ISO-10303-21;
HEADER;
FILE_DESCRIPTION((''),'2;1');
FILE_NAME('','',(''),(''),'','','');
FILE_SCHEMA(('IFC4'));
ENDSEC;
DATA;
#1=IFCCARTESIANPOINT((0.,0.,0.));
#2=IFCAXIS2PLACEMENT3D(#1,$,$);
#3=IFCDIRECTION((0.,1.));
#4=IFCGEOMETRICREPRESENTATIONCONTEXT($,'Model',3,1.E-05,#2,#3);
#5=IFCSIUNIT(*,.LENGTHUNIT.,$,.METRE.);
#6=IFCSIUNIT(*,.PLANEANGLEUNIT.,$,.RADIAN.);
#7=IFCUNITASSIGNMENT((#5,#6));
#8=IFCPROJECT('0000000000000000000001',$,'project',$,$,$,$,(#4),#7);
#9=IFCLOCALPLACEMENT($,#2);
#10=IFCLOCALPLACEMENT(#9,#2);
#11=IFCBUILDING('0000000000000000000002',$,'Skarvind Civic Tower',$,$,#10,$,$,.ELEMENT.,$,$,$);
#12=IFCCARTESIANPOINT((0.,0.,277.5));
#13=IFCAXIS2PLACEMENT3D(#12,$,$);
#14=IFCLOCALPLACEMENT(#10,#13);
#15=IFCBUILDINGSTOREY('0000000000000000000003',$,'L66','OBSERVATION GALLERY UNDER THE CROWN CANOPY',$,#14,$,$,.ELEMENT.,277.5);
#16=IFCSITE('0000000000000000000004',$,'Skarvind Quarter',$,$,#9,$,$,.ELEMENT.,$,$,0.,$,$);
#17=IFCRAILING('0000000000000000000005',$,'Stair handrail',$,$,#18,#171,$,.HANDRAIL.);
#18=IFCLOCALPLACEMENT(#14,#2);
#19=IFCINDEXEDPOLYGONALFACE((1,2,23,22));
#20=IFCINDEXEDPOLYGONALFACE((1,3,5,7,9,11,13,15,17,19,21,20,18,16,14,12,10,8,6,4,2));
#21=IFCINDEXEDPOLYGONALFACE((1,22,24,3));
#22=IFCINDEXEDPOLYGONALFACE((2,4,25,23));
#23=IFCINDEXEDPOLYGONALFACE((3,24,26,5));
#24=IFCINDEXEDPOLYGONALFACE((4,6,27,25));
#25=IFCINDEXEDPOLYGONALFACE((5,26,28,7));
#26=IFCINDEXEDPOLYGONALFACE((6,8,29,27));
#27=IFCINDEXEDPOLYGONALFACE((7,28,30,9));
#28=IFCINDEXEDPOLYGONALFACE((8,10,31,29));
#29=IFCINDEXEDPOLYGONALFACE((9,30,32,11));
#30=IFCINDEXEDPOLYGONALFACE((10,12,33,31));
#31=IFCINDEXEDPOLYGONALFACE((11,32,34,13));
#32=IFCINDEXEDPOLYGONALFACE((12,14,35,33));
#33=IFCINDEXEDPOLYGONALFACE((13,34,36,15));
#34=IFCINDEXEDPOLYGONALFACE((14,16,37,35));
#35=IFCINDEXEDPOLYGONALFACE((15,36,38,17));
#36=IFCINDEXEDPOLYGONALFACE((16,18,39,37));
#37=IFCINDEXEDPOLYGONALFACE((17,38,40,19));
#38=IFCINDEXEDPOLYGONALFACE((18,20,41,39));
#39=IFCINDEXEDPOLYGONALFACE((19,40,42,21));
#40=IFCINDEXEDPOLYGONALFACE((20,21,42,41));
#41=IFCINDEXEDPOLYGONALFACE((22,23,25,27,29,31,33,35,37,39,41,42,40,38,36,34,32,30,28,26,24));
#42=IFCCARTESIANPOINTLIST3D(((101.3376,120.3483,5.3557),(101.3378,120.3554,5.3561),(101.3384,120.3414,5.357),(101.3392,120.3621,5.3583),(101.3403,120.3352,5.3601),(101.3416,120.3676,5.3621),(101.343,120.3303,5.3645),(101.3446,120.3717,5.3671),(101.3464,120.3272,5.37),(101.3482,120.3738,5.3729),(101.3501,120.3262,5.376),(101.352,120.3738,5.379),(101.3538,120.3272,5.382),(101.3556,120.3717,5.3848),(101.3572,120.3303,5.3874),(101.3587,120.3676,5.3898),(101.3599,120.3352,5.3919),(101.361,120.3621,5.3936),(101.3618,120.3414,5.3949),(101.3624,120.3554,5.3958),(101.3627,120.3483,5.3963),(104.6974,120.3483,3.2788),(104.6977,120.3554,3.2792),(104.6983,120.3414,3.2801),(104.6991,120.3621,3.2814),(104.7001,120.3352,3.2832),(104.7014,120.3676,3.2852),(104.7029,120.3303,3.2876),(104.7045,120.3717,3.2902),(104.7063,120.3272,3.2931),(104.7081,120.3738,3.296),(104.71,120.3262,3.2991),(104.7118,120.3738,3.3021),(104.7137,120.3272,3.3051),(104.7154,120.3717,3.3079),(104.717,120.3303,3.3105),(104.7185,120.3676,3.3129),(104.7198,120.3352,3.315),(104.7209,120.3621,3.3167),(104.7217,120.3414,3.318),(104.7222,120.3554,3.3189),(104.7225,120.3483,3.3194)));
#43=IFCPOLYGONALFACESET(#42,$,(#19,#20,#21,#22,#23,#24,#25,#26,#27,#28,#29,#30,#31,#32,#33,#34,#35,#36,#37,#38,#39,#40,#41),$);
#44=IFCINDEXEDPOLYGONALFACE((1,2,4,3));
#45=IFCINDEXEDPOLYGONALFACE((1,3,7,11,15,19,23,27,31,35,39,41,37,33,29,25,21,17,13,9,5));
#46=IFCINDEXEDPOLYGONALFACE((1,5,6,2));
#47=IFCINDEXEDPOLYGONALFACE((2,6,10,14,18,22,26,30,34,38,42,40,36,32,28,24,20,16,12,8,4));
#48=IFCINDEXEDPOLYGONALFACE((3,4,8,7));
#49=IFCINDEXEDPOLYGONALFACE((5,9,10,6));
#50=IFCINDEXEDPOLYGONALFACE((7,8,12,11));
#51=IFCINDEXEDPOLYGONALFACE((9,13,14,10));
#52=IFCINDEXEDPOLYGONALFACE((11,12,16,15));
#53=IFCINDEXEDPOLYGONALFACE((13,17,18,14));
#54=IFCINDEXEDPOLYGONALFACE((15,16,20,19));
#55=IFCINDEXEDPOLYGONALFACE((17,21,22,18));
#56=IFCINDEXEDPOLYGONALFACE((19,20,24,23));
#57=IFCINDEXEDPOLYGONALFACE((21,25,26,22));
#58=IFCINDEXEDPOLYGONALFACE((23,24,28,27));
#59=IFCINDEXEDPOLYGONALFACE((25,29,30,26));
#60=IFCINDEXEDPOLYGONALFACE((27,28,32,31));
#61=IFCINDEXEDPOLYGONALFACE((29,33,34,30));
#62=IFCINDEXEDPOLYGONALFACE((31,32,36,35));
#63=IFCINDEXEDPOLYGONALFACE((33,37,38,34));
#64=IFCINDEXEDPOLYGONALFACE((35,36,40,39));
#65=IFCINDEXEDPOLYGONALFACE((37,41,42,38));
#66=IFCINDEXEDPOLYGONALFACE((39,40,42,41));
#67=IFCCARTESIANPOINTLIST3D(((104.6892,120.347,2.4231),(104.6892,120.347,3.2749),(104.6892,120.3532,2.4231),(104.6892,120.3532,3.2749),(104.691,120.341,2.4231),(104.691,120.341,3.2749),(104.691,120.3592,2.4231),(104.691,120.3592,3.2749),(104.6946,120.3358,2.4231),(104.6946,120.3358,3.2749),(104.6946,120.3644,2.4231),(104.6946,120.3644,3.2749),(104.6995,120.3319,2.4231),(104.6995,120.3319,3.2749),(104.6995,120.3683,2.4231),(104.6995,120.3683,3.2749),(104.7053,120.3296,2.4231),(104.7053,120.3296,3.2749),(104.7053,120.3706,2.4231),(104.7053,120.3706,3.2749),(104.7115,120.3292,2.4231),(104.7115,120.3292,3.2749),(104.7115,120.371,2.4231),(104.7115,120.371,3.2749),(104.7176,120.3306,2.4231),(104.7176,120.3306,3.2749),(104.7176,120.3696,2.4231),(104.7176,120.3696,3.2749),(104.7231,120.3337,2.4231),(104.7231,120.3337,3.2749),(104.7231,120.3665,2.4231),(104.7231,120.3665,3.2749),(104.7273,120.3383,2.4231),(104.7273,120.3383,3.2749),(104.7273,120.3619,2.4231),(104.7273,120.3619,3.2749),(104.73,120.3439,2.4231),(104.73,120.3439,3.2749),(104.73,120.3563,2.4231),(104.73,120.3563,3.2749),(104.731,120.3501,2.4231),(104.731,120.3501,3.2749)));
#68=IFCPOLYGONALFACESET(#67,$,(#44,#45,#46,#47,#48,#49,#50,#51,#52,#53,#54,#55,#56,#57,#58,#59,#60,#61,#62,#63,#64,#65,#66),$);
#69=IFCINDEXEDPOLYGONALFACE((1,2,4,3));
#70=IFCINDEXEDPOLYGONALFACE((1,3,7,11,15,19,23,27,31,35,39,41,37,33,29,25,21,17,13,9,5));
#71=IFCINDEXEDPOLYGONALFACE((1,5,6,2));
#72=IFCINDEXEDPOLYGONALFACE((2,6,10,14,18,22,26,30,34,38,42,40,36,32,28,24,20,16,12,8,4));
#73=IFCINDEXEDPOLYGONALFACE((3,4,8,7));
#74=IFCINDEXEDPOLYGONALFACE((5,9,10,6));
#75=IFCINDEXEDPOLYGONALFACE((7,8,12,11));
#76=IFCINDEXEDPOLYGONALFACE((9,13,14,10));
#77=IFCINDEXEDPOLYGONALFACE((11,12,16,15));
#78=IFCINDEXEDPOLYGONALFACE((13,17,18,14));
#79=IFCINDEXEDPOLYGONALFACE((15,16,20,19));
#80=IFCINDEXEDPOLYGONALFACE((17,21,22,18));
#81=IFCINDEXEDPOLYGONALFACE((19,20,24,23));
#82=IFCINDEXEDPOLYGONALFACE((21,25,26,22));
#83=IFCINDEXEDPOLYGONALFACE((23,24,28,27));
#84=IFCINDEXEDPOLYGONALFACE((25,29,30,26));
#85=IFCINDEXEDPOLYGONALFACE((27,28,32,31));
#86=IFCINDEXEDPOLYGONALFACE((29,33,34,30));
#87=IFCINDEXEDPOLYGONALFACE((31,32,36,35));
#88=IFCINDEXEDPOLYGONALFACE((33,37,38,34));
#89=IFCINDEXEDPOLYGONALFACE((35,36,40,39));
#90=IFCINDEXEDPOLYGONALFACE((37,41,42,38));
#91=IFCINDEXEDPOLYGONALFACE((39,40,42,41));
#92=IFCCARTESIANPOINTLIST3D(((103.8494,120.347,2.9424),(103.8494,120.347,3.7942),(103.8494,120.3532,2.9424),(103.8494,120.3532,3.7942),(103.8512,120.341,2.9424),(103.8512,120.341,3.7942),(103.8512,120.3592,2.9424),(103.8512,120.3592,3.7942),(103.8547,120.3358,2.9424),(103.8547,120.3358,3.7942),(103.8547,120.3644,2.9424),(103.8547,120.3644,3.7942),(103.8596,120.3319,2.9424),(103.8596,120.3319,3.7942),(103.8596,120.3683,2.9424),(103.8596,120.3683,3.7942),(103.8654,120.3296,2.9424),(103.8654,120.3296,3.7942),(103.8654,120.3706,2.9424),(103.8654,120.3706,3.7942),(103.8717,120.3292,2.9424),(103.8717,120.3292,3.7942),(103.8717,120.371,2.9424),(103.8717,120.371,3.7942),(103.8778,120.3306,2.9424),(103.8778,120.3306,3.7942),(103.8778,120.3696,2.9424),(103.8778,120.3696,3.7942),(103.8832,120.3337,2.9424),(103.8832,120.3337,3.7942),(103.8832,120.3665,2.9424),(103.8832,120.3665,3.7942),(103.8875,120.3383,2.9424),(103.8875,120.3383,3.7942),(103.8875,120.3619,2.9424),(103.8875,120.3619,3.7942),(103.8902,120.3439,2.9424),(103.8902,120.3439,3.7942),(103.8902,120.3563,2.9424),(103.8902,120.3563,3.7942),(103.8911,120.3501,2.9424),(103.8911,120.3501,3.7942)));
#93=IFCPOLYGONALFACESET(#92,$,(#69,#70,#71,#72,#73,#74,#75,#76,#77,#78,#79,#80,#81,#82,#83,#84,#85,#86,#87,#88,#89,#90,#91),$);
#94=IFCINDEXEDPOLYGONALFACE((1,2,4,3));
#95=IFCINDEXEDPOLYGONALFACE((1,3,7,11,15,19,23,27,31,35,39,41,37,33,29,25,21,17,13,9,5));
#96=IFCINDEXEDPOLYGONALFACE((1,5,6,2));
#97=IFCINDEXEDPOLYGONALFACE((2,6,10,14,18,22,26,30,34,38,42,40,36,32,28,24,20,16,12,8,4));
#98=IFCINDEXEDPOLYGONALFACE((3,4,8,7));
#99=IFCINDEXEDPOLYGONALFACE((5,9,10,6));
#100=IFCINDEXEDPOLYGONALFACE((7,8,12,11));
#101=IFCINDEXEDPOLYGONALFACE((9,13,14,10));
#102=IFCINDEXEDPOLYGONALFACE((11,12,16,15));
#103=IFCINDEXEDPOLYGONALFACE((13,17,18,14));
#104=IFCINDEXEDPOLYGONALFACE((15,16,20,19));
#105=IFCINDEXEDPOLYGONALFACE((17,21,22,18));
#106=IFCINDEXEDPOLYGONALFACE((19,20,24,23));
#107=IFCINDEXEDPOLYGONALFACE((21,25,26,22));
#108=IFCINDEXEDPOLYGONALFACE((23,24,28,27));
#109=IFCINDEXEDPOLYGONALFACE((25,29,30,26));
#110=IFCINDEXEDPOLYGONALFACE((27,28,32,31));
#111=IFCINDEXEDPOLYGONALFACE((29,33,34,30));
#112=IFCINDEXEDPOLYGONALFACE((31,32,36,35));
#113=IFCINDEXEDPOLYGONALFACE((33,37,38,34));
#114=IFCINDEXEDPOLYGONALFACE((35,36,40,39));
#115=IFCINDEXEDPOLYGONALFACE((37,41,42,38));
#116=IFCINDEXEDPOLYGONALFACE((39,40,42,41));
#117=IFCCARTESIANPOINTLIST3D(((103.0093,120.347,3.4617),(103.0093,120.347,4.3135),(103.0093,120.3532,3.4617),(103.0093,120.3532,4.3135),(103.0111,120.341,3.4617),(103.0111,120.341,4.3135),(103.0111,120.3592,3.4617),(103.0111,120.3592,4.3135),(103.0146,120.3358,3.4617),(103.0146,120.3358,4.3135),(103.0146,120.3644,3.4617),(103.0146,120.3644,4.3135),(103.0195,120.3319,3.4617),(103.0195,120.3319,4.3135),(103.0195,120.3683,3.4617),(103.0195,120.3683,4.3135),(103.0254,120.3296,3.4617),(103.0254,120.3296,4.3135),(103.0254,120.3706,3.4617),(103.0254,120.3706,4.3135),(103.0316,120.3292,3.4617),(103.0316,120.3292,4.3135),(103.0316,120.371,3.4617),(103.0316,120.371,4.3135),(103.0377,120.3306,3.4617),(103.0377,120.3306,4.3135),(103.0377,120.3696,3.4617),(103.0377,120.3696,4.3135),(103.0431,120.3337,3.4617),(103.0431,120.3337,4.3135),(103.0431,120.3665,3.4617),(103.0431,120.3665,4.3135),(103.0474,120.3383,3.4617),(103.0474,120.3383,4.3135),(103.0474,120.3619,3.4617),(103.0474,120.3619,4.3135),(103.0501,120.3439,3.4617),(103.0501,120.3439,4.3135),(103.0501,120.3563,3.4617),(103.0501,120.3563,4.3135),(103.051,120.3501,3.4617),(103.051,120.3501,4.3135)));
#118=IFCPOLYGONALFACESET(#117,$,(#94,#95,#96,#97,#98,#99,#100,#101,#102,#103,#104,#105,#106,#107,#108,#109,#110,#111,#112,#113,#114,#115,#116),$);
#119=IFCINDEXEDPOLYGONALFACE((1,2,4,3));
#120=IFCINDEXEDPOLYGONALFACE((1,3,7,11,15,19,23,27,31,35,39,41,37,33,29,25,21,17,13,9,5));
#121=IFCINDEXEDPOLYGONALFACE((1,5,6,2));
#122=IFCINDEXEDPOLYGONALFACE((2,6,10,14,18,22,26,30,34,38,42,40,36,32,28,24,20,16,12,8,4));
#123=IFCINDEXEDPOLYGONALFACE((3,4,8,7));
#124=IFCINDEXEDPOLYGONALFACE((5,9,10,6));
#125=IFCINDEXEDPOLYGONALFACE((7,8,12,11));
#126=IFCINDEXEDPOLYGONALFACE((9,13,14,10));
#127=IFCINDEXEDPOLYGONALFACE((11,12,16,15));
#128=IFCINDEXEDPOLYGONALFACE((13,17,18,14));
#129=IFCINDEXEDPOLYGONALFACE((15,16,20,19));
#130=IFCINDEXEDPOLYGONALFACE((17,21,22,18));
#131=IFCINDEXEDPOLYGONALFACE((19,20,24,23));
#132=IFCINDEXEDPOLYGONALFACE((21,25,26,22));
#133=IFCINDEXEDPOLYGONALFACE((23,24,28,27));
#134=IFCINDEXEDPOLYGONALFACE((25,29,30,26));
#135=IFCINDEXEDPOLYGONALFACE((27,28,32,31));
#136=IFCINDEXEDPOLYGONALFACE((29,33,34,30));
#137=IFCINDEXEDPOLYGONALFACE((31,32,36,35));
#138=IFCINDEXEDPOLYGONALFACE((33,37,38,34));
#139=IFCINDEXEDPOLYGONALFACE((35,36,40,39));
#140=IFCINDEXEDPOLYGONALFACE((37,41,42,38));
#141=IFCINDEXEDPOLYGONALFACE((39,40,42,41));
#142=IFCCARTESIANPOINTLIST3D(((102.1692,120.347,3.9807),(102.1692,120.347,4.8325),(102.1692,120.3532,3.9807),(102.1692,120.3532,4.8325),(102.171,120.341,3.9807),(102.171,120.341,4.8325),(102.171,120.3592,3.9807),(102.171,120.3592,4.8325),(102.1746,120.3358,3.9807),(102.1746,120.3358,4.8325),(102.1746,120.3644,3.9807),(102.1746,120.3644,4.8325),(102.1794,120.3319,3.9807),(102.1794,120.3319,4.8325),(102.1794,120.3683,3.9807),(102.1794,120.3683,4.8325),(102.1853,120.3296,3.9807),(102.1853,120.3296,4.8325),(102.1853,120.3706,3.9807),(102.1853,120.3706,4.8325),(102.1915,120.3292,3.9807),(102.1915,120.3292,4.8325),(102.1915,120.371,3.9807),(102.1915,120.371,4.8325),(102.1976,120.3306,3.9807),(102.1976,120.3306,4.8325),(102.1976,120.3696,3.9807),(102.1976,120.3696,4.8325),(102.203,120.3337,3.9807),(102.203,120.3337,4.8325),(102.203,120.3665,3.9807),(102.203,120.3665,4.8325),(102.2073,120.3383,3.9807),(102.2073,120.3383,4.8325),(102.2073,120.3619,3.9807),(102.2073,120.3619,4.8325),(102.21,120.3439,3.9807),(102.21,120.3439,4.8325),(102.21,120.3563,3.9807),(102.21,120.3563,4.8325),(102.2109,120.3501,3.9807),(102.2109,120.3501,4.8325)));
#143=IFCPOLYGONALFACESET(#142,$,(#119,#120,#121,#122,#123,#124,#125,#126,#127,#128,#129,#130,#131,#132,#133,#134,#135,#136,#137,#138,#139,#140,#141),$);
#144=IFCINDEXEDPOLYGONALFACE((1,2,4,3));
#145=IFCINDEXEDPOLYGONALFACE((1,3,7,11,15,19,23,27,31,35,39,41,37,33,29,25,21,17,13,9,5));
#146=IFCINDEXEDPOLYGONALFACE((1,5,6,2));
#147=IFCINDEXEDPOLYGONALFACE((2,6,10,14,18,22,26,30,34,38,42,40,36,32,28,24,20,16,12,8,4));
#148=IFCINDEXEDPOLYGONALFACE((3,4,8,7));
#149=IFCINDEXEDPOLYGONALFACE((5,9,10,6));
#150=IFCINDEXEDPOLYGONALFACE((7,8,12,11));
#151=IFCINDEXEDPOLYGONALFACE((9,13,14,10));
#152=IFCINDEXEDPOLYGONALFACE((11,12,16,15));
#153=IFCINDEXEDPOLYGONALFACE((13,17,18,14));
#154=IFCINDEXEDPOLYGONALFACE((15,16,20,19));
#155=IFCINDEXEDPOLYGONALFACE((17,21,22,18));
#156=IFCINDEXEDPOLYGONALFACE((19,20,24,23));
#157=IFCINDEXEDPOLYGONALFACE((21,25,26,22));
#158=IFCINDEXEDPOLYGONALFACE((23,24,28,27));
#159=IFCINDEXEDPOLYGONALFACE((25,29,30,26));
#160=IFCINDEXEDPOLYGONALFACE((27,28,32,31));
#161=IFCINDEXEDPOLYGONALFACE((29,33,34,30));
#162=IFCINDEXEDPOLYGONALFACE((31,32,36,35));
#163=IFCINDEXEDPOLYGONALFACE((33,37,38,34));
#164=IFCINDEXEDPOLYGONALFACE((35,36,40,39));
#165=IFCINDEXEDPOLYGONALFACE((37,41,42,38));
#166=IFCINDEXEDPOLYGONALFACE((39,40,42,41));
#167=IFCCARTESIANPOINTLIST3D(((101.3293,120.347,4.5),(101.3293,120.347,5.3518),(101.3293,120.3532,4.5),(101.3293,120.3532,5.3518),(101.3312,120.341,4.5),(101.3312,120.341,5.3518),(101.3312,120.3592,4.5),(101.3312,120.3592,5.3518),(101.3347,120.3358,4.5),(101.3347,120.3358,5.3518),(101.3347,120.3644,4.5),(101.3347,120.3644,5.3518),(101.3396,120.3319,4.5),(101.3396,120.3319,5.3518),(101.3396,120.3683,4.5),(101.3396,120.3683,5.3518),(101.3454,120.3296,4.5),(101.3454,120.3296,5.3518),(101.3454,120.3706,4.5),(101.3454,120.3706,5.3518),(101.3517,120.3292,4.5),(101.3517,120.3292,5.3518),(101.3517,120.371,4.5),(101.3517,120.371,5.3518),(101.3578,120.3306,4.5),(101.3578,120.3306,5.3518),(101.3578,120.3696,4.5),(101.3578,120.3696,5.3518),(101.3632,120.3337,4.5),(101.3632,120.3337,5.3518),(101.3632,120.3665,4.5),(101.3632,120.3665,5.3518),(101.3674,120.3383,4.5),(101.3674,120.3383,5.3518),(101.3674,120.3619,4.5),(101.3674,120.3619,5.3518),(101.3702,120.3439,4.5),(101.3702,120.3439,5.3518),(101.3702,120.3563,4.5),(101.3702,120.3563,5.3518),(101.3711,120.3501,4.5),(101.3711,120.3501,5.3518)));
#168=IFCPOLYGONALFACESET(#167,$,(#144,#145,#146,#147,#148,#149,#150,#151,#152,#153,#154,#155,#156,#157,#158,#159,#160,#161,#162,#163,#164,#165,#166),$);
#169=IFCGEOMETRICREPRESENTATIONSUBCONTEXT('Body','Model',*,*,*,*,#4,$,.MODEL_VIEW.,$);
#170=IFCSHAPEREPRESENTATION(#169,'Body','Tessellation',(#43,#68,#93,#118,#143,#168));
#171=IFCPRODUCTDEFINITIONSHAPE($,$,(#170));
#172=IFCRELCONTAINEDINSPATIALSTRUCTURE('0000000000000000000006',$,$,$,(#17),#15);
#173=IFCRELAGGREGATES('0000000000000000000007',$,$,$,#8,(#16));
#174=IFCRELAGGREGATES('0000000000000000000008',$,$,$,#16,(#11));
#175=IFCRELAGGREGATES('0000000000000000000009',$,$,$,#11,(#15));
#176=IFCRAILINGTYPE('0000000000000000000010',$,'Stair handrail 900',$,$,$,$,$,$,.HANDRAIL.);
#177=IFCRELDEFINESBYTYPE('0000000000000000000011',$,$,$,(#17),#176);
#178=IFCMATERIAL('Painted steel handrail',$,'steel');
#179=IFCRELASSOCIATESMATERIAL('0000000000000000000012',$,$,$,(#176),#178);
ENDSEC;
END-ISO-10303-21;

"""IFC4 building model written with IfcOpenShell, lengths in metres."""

from ifc_helpers import new_model, si_unit, direction, frame, origin, origin_2d, place, context, subcontext, project, spatial, circle, extrude, material, type_object, element, save


model = new_model("IFC4")

# Units and contexts
model_context = context("Model", 3, precision=1e-05, world=origin(), true_north=direction((0.0, 1.0)))
body_context = subcontext(model_context, "Body", "Model", "MODEL_VIEW")
ifc_project = project(units=[si_unit("LENGTHUNIT", "METRE"), si_unit("PLANEANGLEUNIT", "RADIAN")], contexts=[model_context])

# Site, building, storey
site_placement = place(None, origin())
site = spatial("IfcSite", under=ifc_project, at=site_placement, Name="Skarvind Quarter", CompositionType="ELEMENT", RefElevation=0.0)
building_placement = place(site_placement, origin())
building = spatial("IfcBuilding", under=site, at=building_placement, Name="Skarvind Civic Tower", CompositionType="ELEMENT")
storey_placement = place(building_placement, frame((0.0, 0.0, 277.5)))
storey = spatial("IfcBuildingStorey", under=building, at=storey_placement, Name="L66", Description="OBSERVATION GALLERY UNDER THE CROWN CANOPY", CompositionType="ELEMENT", Elevation=277.5)

# Railing
ifc_material_1 = material(Name="Painted steel handrail", Category="steel")
railing_type = type_object("IfcRailingType", Name="Stair handrail 900", PredefinedType="HANDRAIL", material=ifc_material_1)
railing_placement = place(storey_placement, frame((104.71, 120.3501, 2.4231)))
element("IfcRailing", 1, at=railing_placement, inside=storey, type_object=railing_type, Name="Stair handrail", PredefinedType="HANDRAIL", context=body_context, shape_type="SweptSolid", body=[
    extrude(circle(Radius=0.0239, at=origin_2d()), frame((0.0, 0.0, 0.876), z_axis=(-0.850606, 0.0, 0.525803), x_axis=(0.0, -1.0, 0.0)), (0.0, 0.0, 1.0), 3.95),
    extrude(circle(Radius=0.021, at=origin_2d()), origin(), (0.0, 0.0, 1.0), 0.8518),
    extrude(circle(Radius=0.021, at=origin_2d()), frame((-0.8398, 0.0, 0.5193)), (0.0, 0.0, 1.0), 0.8518),
    extrude(circle(Radius=0.021, at=origin_2d()), frame((-1.6799, 0.0, 1.0386)), (0.0, 0.0, 1.0), 0.8518),
    extrude(circle(Radius=0.021, at=origin_2d()), frame((-2.52, 0.0, 1.5576)), (0.0, 0.0, 1.0), 0.8518),
    extrude(circle(Radius=0.021, at=origin_2d()), frame((-3.3599, 0.0, 2.0769)), (0.0, 0.0, 1.0), 0.8518),
])

save(model, "model.ifc")
